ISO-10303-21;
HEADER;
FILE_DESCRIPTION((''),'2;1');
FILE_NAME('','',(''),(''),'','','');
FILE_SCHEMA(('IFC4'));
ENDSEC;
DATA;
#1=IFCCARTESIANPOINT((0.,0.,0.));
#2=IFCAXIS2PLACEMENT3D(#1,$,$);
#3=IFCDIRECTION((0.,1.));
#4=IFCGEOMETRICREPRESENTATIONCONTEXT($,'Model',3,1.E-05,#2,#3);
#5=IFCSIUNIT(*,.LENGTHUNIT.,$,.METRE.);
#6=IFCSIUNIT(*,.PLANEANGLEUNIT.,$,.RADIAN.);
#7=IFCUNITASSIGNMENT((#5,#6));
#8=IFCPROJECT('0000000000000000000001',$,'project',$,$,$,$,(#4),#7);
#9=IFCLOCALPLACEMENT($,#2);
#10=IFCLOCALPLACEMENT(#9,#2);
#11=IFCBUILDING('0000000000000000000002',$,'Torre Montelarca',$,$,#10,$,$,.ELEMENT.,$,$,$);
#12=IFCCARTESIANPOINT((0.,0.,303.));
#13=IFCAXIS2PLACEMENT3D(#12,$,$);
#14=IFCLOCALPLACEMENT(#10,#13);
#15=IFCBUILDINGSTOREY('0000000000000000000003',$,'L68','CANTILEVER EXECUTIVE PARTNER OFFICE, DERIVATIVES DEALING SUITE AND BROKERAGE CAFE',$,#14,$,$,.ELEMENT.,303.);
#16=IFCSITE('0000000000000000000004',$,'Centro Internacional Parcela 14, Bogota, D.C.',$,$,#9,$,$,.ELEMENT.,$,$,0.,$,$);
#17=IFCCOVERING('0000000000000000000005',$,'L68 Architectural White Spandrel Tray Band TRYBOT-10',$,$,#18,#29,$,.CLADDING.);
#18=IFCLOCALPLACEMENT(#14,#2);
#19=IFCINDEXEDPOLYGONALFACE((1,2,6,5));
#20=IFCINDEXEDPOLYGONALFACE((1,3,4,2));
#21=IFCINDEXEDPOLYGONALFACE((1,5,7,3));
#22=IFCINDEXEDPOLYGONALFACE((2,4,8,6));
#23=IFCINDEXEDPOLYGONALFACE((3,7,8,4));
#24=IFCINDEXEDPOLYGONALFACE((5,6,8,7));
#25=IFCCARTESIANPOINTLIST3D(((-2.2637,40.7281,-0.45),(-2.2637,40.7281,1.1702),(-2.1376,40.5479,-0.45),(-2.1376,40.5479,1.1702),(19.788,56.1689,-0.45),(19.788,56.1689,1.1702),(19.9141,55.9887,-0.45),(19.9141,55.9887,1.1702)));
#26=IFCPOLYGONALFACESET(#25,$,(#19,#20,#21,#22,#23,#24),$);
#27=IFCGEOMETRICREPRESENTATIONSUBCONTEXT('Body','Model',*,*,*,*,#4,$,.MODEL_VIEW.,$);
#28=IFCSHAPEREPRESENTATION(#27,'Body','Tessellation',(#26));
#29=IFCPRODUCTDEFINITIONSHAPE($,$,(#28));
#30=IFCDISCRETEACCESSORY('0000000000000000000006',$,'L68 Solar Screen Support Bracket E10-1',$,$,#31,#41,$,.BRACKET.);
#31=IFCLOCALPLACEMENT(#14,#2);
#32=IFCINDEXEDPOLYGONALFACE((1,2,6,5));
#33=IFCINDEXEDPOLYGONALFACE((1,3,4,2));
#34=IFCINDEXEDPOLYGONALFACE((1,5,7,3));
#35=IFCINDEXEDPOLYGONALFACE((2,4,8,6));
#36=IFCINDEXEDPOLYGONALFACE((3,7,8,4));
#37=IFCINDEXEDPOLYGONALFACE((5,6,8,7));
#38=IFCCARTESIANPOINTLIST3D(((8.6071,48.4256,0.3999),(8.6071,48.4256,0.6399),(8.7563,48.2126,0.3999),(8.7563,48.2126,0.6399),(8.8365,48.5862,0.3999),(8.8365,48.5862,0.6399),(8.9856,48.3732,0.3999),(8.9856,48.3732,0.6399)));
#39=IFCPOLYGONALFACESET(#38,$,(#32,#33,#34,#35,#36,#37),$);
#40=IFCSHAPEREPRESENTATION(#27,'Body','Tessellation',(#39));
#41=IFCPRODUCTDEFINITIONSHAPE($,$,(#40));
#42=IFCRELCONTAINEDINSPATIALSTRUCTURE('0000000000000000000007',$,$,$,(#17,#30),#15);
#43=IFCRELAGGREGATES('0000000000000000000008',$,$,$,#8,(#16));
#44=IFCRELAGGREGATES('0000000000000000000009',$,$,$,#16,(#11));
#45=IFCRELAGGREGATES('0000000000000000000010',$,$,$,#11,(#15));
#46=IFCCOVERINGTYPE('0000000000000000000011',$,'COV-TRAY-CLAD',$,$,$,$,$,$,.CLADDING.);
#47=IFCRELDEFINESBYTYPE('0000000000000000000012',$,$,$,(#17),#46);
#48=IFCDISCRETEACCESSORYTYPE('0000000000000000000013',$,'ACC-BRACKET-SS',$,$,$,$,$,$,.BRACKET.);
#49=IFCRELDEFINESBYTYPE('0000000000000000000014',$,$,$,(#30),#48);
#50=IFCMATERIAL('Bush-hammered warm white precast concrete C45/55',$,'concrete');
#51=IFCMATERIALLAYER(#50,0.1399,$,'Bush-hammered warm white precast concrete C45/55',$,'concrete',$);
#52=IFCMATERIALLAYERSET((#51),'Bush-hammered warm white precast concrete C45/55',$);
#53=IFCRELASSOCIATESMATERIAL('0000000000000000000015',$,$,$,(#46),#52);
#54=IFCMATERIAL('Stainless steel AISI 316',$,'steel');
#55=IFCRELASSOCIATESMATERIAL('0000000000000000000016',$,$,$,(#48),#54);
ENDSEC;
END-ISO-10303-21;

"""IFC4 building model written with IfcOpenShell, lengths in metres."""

from ifc_helpers import new_model, si_unit, direction, frame, origin, origin_2d, place, context, subcontext, project, spatial, rectangle, extrude, source, transform, mapped, material, layer, layer_set, type_object, element, save


model = new_model("IFC4")

# Units and contexts
model_context = context("Model", 3, precision=1e-05, world=origin(), true_north=direction((0.0, 1.0)))
body_context = subcontext(model_context, "Body", "Model", "MODEL_VIEW")
ifc_project = project(units=[si_unit("LENGTHUNIT", "METRE"), si_unit("PLANEANGLEUNIT", "RADIAN")], contexts=[model_context])

# Site, building, storey
site_placement = place(None, origin())
site = spatial("IfcSite", under=ifc_project, at=site_placement, Name="Centro Internacional Parcela 14, Bogota, D.C.", CompositionType="ELEMENT", RefElevation=0.0)
building_placement = place(site_placement, origin())
building = spatial("IfcBuilding", under=site, at=building_placement, Name="Torre Montelarca", CompositionType="ELEMENT")
storey_placement = place(building_placement, frame((0.0, 0.0, 303.0)))
storey = spatial("IfcBuildingStorey", under=building, at=storey_placement, Name="L68", Description="CANTILEVER EXECUTIVE PARTNER OFFICE, DERIVATIVES DEALING SUITE AND BROKERAGE CAFE", CompositionType="ELEMENT", Elevation=303.0)

# Covering
ifc_material_1 = material(Name="Bush-hammered warm white precast concrete C45/55", Category="concrete")
ifc_layer_1 = layer(ifc_material_1, 0.1399, Name="Bush-hammered warm white precast concrete C45/55", Category="concrete")
ifc_layer_set_1 = layer_set([ifc_layer_1], Name="Bush-hammered warm white precast concrete C45/55")
covering_type = type_object("IfcCoveringType", Name="COV-TRAY-CLAD", PredefinedType="CLADDING", material=ifc_layer_set_1)
shared_shape_1 = source(origin(), body_context, "Body", "SweptSolid", [
    extrude(rectangle(XDim=26.9202, YDim=0.22, at=origin_2d()), origin(), (0.0, 0.0, 1.0), 1.6201),
])
covering_1_placement = place(storey_placement, frame((8.8252, 48.3584, -0.45), z_axis=(0.0, 0.0, 1.0), x_axis=(-0.819151, -0.573578, 0.0)))
element("IfcCovering", 1, at=covering_1_placement, inside=storey, type_object=covering_type, Name="L68 Architectural White Spandrel Tray Band TRYBOT-10", PredefinedType="CLADDING", context=body_context, shape_type="MappedRepresentation", body=[
    mapped(shared_shape_1, transform((0.0, 0.0, 0.0), scale=1.0)),
])

# Discrete accessory
ifc_material_2 = material(Name="Stainless steel AISI 316", Category="steel")
discrete_accessory_type = type_object("IfcDiscreteAccessoryType", Name="ACC-BRACKET-SS", PredefinedType="BRACKET", material=ifc_material_2)
shared_shape_2 = source(origin(), body_context, "Body", "SweptSolid", [
    extrude(rectangle(XDim=0.28, YDim=0.26, at=origin_2d()), origin(), (0.0, 0.0, 1.0), 0.24),
])
discrete_accessory_placement = place(storey_placement, frame((8.7964, 48.3994, 0.3999), z_axis=(0.0, 0.0, 1.0), x_axis=(-0.819151, -0.573578, 0.0)))
element("IfcDiscreteAccessory", 2, at=discrete_accessory_placement, inside=storey, type_object=discrete_accessory_type, Name="L68 Solar Screen Support Bracket E10-1", PredefinedType="BRACKET", context=body_context, shape_type="MappedRepresentation", body=[
    mapped(shared_shape_2, transform((0.0, 0.0, 0.0), scale=1.0)),
])

save(model, "model.ifc")
